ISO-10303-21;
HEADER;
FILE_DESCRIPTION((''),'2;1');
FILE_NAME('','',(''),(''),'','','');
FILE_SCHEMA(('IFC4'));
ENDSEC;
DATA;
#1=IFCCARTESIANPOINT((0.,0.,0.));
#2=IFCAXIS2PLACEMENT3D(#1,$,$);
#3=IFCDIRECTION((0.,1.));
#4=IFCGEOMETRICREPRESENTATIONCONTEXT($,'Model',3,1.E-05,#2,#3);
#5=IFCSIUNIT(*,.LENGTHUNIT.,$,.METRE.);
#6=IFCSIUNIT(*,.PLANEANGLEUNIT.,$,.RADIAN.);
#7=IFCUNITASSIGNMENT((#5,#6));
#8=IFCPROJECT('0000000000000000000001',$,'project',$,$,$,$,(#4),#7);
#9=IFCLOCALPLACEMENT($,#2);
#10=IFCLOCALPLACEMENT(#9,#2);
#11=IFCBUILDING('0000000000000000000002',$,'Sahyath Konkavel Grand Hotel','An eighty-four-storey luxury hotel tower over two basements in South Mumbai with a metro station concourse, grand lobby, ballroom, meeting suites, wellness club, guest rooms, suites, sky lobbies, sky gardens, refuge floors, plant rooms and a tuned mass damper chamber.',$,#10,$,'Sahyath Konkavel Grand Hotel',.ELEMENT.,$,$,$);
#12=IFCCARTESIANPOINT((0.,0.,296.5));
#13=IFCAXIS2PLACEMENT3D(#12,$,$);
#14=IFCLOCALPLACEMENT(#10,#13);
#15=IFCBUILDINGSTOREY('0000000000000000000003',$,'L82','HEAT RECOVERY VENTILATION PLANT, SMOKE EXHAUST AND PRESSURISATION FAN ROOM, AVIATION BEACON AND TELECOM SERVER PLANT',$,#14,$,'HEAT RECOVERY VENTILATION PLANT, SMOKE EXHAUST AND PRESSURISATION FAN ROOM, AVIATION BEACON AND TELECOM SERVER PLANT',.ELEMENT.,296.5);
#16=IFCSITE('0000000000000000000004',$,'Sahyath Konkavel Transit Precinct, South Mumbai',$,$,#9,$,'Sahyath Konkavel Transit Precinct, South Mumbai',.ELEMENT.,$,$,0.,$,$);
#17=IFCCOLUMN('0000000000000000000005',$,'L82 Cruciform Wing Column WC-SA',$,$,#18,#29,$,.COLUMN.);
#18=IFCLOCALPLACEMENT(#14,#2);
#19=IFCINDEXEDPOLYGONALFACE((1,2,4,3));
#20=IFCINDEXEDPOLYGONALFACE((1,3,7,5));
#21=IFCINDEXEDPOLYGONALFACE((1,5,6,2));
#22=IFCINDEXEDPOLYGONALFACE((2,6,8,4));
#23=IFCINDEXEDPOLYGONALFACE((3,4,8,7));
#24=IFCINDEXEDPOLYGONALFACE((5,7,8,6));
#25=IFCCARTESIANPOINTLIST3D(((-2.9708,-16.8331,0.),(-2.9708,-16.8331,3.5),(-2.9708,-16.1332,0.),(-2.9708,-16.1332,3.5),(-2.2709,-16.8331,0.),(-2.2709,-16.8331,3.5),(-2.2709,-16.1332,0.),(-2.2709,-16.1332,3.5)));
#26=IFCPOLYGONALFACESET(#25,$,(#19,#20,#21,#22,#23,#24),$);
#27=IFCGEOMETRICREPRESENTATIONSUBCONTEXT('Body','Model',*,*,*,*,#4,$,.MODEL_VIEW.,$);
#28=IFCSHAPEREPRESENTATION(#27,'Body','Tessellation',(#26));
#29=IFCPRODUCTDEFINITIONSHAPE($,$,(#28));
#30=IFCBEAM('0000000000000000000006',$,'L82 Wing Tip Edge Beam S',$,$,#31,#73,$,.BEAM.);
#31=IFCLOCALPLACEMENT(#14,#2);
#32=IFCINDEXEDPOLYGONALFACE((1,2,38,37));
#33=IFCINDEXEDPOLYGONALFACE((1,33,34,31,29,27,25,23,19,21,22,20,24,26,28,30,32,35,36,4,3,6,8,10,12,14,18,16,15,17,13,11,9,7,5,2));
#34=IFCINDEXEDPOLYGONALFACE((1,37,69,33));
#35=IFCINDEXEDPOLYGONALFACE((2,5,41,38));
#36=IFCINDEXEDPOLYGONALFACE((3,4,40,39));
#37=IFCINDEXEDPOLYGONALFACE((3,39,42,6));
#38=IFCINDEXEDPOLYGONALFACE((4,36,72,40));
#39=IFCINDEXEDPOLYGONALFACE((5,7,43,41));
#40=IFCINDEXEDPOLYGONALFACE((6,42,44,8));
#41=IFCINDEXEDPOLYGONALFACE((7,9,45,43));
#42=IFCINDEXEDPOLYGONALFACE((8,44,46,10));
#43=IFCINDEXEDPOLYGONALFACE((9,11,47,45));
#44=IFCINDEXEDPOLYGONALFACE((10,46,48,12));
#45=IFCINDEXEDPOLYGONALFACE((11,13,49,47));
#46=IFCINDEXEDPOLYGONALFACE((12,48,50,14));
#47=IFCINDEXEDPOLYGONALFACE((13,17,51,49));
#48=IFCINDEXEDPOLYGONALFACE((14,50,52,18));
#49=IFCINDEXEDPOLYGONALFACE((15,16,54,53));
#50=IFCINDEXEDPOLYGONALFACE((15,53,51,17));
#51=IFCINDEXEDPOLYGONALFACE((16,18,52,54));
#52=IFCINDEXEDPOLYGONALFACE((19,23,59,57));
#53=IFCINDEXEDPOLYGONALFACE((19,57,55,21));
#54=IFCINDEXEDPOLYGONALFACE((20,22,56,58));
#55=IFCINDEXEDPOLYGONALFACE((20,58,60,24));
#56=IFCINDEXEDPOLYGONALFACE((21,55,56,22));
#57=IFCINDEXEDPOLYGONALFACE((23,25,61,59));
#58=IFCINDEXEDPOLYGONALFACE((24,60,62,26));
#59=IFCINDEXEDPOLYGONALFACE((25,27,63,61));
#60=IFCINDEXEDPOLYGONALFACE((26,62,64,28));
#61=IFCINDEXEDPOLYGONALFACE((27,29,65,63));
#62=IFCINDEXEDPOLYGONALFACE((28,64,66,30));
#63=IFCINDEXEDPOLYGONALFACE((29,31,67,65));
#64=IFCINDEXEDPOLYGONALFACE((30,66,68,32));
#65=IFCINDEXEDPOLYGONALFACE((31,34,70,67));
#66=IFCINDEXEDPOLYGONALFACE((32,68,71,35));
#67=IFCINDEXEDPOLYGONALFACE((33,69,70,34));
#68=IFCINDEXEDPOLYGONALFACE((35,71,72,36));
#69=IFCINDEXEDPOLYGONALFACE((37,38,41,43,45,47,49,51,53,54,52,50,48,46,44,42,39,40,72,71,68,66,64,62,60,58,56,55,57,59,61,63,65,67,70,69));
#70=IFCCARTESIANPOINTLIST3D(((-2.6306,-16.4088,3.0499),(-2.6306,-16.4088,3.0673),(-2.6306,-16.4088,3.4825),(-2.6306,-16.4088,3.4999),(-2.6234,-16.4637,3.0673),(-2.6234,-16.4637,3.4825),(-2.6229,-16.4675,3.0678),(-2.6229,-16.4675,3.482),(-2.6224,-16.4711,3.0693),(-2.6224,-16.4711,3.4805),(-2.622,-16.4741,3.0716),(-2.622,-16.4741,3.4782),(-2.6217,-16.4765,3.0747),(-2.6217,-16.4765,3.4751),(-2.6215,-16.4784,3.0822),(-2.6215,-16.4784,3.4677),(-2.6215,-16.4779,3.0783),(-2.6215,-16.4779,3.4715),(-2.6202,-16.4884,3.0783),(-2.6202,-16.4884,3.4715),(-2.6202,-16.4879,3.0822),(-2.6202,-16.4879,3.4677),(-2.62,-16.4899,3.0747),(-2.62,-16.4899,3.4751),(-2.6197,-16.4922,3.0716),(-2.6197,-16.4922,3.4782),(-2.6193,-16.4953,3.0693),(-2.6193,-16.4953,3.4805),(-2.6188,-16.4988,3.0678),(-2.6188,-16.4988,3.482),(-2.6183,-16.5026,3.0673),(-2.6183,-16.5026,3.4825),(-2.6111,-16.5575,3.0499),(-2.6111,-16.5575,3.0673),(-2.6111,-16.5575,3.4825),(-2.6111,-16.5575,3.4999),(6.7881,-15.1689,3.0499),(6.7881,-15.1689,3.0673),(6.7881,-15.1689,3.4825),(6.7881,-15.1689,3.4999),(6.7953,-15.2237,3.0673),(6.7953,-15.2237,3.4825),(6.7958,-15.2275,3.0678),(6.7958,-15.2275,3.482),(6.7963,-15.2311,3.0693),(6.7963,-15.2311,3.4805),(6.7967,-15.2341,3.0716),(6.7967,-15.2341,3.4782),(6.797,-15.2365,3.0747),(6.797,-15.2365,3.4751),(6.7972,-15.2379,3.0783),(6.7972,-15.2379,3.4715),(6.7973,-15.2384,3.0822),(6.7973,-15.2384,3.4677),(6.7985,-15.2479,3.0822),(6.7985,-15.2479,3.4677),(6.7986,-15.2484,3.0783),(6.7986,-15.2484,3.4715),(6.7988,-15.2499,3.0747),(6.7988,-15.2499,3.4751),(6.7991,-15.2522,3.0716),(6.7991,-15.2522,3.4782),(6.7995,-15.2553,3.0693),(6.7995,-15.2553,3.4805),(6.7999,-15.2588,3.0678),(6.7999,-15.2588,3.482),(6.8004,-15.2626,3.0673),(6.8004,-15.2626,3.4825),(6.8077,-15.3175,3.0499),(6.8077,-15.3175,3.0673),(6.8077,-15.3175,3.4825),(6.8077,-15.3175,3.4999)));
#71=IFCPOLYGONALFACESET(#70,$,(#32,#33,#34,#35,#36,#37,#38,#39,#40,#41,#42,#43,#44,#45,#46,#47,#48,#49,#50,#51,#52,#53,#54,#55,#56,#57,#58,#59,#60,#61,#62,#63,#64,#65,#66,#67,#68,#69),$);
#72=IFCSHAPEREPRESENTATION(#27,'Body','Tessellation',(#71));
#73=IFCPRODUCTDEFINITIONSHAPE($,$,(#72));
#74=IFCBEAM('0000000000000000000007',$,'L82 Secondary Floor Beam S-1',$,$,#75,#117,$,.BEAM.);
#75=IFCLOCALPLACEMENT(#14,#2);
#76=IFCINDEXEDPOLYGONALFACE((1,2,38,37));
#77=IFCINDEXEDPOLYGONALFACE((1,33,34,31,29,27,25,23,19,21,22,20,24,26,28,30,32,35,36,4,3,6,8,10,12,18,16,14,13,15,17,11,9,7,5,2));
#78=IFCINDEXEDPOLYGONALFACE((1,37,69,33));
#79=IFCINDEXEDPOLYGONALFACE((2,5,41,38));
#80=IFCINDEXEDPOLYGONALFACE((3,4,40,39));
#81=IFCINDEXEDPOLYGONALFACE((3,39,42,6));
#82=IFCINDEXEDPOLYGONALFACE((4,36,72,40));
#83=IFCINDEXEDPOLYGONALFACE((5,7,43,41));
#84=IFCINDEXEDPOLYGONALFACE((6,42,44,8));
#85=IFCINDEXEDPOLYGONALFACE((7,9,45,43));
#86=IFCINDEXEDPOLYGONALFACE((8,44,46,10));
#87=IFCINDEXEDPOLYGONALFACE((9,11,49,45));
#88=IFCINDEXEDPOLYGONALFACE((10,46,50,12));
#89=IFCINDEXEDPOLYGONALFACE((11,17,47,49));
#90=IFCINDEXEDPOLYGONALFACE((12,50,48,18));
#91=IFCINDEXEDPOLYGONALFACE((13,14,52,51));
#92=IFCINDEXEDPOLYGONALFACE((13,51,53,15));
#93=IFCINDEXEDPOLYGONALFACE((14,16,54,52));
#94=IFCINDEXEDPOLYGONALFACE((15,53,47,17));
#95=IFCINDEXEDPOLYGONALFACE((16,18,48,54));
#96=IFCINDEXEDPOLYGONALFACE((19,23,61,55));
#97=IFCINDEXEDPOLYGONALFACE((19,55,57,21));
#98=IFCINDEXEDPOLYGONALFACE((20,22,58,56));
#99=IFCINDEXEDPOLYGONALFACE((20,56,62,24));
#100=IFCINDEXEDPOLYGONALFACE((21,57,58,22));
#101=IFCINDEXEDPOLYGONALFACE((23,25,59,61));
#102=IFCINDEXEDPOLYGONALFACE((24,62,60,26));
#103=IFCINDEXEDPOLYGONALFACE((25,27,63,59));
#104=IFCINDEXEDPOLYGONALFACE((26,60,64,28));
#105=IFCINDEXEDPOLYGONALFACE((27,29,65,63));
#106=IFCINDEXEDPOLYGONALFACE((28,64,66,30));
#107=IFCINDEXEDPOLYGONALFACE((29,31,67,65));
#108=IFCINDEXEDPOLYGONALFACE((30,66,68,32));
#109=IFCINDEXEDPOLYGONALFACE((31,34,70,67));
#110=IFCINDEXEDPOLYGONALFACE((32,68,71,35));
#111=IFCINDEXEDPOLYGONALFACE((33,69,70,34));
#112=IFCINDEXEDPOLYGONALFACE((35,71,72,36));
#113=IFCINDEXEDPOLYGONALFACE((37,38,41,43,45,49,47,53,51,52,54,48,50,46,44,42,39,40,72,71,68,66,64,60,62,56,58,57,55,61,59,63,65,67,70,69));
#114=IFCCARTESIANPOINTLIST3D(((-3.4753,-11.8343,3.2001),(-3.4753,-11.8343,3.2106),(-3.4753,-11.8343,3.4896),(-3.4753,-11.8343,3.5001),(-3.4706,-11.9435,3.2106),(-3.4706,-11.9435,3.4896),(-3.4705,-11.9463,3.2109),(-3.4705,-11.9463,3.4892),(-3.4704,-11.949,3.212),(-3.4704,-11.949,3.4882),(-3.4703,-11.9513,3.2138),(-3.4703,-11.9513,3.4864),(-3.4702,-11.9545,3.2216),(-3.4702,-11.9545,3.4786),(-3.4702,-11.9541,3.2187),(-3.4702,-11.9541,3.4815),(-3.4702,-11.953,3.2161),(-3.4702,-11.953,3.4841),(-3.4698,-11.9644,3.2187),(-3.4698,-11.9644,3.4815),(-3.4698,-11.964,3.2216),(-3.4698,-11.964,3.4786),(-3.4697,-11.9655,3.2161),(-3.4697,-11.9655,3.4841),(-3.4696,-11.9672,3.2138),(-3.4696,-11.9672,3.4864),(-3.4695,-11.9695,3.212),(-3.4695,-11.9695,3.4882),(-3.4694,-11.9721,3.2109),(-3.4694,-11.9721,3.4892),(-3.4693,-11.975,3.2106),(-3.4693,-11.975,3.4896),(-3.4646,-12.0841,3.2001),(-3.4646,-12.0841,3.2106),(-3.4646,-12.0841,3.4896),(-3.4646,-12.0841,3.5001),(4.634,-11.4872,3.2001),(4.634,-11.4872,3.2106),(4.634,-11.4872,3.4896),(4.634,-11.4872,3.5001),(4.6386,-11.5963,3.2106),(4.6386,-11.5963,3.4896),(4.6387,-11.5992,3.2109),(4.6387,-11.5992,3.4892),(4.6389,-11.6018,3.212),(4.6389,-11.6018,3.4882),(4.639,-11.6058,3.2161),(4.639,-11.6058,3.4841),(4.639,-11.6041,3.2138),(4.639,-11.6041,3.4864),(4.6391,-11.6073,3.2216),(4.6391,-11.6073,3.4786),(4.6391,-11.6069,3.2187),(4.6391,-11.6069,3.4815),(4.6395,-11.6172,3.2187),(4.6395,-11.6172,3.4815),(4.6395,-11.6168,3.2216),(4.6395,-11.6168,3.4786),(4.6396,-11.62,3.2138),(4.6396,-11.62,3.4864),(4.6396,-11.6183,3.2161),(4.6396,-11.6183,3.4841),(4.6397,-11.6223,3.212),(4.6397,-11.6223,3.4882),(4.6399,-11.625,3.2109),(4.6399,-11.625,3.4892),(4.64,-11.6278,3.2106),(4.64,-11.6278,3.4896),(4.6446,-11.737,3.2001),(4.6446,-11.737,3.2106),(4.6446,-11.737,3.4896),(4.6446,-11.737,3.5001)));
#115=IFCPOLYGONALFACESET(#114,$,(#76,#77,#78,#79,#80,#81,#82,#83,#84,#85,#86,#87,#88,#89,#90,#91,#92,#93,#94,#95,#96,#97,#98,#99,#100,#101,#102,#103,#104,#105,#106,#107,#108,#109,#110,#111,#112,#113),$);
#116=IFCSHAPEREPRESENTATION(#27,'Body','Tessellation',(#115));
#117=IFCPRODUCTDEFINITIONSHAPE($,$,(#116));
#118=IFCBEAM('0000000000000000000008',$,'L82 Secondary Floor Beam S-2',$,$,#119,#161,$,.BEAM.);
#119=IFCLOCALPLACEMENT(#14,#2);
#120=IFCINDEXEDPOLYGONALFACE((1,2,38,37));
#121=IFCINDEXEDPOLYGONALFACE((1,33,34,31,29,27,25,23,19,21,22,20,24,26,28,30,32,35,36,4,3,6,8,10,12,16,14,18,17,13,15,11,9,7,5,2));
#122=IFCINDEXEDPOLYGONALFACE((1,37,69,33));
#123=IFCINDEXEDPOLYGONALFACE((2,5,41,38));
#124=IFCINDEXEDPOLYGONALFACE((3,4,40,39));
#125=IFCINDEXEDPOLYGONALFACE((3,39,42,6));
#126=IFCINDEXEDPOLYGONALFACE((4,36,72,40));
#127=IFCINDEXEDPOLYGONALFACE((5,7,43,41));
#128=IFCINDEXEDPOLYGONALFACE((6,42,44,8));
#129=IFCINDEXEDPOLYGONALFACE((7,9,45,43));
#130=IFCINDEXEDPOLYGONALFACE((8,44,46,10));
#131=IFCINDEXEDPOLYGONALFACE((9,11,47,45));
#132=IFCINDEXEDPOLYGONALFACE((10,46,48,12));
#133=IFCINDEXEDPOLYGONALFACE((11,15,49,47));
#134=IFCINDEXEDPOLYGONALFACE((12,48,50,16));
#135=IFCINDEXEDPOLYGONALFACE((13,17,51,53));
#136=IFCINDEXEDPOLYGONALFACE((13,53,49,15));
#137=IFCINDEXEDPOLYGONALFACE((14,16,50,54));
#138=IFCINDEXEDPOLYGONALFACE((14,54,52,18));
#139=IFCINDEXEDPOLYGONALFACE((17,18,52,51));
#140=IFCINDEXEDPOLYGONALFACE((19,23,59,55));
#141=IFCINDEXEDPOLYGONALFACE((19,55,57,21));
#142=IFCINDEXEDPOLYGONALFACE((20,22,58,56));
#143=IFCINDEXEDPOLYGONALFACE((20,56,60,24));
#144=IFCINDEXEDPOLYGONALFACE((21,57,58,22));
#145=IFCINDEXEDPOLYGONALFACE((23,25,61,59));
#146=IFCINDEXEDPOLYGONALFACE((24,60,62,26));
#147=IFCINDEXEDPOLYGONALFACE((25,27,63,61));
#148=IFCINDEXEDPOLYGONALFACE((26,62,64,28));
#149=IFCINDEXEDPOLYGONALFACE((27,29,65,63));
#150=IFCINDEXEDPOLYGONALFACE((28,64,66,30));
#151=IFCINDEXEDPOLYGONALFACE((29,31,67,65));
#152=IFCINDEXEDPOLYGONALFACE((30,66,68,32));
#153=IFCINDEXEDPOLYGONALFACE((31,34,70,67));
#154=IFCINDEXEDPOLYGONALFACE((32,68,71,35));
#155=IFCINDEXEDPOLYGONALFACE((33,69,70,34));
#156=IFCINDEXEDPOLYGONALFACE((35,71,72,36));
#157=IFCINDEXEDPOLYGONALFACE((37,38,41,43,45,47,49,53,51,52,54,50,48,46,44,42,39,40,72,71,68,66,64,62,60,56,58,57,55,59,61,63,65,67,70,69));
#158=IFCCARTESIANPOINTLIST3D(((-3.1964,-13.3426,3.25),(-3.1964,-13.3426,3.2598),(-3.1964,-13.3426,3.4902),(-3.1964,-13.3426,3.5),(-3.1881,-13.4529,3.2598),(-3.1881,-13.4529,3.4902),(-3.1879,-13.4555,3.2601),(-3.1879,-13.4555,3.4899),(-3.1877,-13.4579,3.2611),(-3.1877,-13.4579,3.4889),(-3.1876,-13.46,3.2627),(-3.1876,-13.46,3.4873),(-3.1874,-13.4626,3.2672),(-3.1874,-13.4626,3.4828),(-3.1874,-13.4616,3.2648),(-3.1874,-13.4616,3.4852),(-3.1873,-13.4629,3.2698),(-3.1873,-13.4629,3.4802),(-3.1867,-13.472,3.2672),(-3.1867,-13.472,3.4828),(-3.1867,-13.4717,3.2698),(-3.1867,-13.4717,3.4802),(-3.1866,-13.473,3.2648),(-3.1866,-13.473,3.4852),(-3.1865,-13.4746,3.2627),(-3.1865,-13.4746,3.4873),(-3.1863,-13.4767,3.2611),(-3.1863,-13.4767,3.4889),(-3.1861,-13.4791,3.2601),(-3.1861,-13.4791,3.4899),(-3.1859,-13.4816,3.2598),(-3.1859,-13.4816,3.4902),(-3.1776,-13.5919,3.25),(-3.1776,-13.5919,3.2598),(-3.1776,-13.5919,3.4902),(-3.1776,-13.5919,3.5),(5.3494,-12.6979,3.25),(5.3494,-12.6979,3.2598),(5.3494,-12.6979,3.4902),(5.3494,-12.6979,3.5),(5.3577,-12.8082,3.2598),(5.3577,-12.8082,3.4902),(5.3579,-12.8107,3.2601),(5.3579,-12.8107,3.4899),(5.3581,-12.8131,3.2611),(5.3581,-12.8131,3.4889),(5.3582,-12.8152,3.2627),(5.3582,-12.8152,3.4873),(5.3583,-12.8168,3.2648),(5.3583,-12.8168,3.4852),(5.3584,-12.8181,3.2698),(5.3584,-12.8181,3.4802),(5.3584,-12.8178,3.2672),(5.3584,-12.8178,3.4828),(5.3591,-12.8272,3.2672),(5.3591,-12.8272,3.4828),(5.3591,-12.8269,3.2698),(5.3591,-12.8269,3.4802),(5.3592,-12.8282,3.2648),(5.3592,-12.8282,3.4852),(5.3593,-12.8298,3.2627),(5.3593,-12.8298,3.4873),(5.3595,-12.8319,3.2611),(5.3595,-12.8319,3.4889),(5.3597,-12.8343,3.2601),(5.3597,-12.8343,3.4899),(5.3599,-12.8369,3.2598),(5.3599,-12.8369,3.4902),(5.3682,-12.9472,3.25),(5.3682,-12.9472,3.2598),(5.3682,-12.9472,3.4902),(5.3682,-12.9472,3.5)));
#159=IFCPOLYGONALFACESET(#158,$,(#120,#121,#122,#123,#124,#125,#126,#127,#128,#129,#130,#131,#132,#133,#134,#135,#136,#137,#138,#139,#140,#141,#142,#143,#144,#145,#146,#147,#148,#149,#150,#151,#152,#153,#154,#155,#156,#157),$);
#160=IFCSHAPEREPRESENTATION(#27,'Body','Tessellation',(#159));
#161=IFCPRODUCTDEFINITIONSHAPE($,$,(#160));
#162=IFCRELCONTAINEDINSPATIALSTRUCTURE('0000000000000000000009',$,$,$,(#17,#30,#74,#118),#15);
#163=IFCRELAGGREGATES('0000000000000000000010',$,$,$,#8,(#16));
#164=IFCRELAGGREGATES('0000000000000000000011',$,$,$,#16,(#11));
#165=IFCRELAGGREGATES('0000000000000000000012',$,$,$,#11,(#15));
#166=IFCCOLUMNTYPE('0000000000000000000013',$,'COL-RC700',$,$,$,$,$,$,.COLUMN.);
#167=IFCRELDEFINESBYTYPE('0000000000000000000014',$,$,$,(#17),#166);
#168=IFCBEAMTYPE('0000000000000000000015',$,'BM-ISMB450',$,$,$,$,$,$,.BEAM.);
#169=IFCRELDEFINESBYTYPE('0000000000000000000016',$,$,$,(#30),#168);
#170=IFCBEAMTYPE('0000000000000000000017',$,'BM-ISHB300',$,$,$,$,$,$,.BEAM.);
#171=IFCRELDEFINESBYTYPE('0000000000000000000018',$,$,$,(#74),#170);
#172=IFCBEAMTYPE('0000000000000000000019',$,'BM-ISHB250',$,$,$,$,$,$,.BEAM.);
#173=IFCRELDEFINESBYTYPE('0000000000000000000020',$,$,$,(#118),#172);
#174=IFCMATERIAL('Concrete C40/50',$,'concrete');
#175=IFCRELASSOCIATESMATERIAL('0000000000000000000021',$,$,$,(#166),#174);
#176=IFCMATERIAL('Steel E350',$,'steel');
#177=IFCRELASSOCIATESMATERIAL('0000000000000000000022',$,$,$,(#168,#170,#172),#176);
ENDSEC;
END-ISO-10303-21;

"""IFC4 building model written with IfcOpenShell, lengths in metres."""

from ifc_helpers import new_model, si_unit, direction, frame, origin, origin_2d, place, context, subcontext, project, spatial, rectangle, i_section, extrude, source, transform, mapped, material, material_profile, profile_set, type_object, element, save


model = new_model("IFC4")

# Units and contexts
model_context = context("Model", 3, precision=1e-05, world=origin(), true_north=direction((0.0, 1.0)))
body_context = subcontext(model_context, "Body", "Model", "MODEL_VIEW")
ifc_project = project(units=[si_unit("LENGTHUNIT", "METRE"), si_unit("PLANEANGLEUNIT", "RADIAN")], contexts=[model_context])

# Site, building, storey
site_placement = place(None, origin())
site = spatial("IfcSite", under=ifc_project, at=site_placement, Name="Sahyath Konkavel Transit Precinct, South Mumbai", LongName="Sahyath Konkavel Transit Precinct, South Mumbai", CompositionType="ELEMENT", RefElevation=0.0)
building_placement = place(site_placement, origin())
building = spatial("IfcBuilding", under=site, at=building_placement, Name="Sahyath Konkavel Grand Hotel", Description="An eighty-four-storey luxury hotel tower over two basements in South Mumbai with a metro station concourse, grand lobby, ballroom, meeting suites, wellness club, guest rooms, suites, sky lobbies, sky gardens, refuge floors, plant rooms and a tuned mass damper chamber.", LongName="Sahyath Konkavel Grand Hotel", CompositionType="ELEMENT")
storey_placement = place(building_placement, frame((0.0, 0.0, 296.5)))
storey = spatial("IfcBuildingStorey", under=building, at=storey_placement, Name="L82", Description="HEAT RECOVERY VENTILATION PLANT, SMOKE EXHAUST AND PRESSURISATION FAN ROOM, AVIATION BEACON AND TELECOM SERVER PLANT", LongName="HEAT RECOVERY VENTILATION PLANT, SMOKE EXHAUST AND PRESSURISATION FAN ROOM, AVIATION BEACON AND TELECOM SERVER PLANT", CompositionType="ELEMENT", Elevation=296.5)

# Column
ifc_material_1 = material(Name="Concrete C40/50", Category="concrete")
ifc_material_profile_1 = material_profile(ifc_material_1, rectangle(XDim=0.7, YDim=0.7, at=origin_2d()), Name="RC 700x700")
ifc_profile_set_1 = profile_set([ifc_material_profile_1], Name="Concrete C40/50")
column_type = type_object("IfcColumnType", Name="COL-RC700", PredefinedType="COLUMN", material=ifc_profile_set_1)
shared_shape_1 = source(origin(), body_context, "Body", "SweptSolid", [
    extrude(rectangle(XDim=0.7, YDim=0.7, at=origin_2d()), origin(), (0.0, 0.0, 1.0), 3.5),
])
column_placement = place(storey_placement, frame((-2.6208, -16.4832, 0.0), z_axis=(0.0, 0.0, 1.0), x_axis=(1.0, 0.0, 0.0)))
element("IfcColumn", 1, at=column_placement, inside=storey, type_object=column_type, Name="L82 Cruciform Wing Column WC-SA", PredefinedType="COLUMN", context=body_context, shape_type="MappedRepresentation", body=[
    mapped(shared_shape_1, transform((0.0, 0.0, 0.0), scale=1.0)),
])

# Beams
ifc_material_2 = material(Name="Steel E350", Category="steel")
ifc_material_profile_2 = material_profile(ifc_material_2, i_section(OverallWidth=0.1499, OverallDepth=0.45, WebThickness=0.0095, FlangeThickness=0.0173, FilletRadius=0.0149, at=origin_2d()), Name="ISMB 450")
ifc_profile_set_2 = profile_set([ifc_material_profile_2], Name="Steel E350")
beam_type_1 = type_object("IfcBeamType", Name="BM-ISMB450", PredefinedType="BEAM", material=ifc_profile_set_2)
shared_shape_2 = source(origin(), body_context, "Body", "SweptSolid", [
    extrude(i_section(OverallWidth=0.1499, OverallDepth=0.45, WebThickness=0.0095, FlangeThickness=0.0173, FilletRadius=0.0149, at=origin_2d()), origin(), (0.0, 0.0, 1.0), 9.5),
])
beam_1_placement = place(storey_placement, frame((-2.6208, -16.4832, 3.2749), z_axis=(0.991445, 0.130526, 0.0), x_axis=(-0.130526, 0.991445, 0.0)))
element("IfcBeam", 2, at=beam_1_placement, inside=storey, type_object=beam_type_1, Name="L82 Wing Tip Edge Beam S", PredefinedType="BEAM", context=body_context, shape_type="MappedRepresentation", body=[
    mapped(shared_shape_2, transform((0.0, 0.0, 0.0), scale=1.0)),
])
ifc_material_profile_3 = material_profile(ifc_material_2, i_section(OverallWidth=0.25, OverallDepth=0.3, WebThickness=0.0095, FlangeThickness=0.0105, FilletRadius=0.011, at=origin_2d()), Name="ISHB 300")
ifc_profile_set_3 = profile_set([ifc_material_profile_3], Name="Steel E350")
beam_type_2 = type_object("IfcBeamType", Name="BM-ISHB300", PredefinedType="BEAM", material=ifc_profile_set_3)
shared_shape_3 = source(origin(), body_context, "Body", "SweptSolid", [
    extrude(i_section(OverallWidth=0.25, OverallDepth=0.3, WebThickness=0.0095, FlangeThickness=0.0105, FilletRadius=0.011, at=origin_2d()), origin(), (0.0, 0.0, 1.0), 8.1167),
])
beam_2_placement = place(storey_placement, frame((-3.47, -11.9592, 3.3501), z_axis=(0.999085, 0.042772, 0.0), x_axis=(-0.042772, 0.999085, 0.0)))
element("IfcBeam", 3, at=beam_2_placement, inside=storey, type_object=beam_type_2, Name="L82 Secondary Floor Beam S-1", PredefinedType="BEAM", context=body_context, shape_type="MappedRepresentation", body=[
    mapped(shared_shape_3, transform((0.0, 0.0, 0.0), scale=1.0)),
])
ifc_material_profile_4 = material_profile(ifc_material_2, i_section(OverallWidth=0.25, OverallDepth=0.25, WebThickness=0.0088, FlangeThickness=0.0098, FilletRadius=0.01, at=origin_2d()), Name="ISHB 250")
ifc_profile_set_4 = profile_set([ifc_material_profile_4], Name="Steel E350")
beam_type_3 = type_object("IfcBeamType", Name="BM-ISHB250", PredefinedType="BEAM", material=ifc_profile_set_4)
shared_shape_4 = source(origin(), body_context, "Body", "SweptSolid", [
    extrude(i_section(OverallWidth=0.25, OverallDepth=0.25, WebThickness=0.0088, FlangeThickness=0.0098, FilletRadius=0.01, at=origin_2d()), origin(), (0.0, 0.0, 1.0), 8.5701),
])
beam_3_placement = place(storey_placement, frame((-3.187, -13.4673, 3.375), z_axis=(0.997166, 0.075235, 0.0), x_axis=(-0.075235, 0.997166, 0.0)))
element("IfcBeam", 4, at=beam_3_placement, inside=storey, type_object=beam_type_3, Name="L82 Secondary Floor Beam S-2", PredefinedType="BEAM", context=body_context, shape_type="MappedRepresentation", body=[
    mapped(shared_shape_4, transform((0.0, 0.0, 0.0), scale=1.0)),
])

save(model, "model.ifc")
